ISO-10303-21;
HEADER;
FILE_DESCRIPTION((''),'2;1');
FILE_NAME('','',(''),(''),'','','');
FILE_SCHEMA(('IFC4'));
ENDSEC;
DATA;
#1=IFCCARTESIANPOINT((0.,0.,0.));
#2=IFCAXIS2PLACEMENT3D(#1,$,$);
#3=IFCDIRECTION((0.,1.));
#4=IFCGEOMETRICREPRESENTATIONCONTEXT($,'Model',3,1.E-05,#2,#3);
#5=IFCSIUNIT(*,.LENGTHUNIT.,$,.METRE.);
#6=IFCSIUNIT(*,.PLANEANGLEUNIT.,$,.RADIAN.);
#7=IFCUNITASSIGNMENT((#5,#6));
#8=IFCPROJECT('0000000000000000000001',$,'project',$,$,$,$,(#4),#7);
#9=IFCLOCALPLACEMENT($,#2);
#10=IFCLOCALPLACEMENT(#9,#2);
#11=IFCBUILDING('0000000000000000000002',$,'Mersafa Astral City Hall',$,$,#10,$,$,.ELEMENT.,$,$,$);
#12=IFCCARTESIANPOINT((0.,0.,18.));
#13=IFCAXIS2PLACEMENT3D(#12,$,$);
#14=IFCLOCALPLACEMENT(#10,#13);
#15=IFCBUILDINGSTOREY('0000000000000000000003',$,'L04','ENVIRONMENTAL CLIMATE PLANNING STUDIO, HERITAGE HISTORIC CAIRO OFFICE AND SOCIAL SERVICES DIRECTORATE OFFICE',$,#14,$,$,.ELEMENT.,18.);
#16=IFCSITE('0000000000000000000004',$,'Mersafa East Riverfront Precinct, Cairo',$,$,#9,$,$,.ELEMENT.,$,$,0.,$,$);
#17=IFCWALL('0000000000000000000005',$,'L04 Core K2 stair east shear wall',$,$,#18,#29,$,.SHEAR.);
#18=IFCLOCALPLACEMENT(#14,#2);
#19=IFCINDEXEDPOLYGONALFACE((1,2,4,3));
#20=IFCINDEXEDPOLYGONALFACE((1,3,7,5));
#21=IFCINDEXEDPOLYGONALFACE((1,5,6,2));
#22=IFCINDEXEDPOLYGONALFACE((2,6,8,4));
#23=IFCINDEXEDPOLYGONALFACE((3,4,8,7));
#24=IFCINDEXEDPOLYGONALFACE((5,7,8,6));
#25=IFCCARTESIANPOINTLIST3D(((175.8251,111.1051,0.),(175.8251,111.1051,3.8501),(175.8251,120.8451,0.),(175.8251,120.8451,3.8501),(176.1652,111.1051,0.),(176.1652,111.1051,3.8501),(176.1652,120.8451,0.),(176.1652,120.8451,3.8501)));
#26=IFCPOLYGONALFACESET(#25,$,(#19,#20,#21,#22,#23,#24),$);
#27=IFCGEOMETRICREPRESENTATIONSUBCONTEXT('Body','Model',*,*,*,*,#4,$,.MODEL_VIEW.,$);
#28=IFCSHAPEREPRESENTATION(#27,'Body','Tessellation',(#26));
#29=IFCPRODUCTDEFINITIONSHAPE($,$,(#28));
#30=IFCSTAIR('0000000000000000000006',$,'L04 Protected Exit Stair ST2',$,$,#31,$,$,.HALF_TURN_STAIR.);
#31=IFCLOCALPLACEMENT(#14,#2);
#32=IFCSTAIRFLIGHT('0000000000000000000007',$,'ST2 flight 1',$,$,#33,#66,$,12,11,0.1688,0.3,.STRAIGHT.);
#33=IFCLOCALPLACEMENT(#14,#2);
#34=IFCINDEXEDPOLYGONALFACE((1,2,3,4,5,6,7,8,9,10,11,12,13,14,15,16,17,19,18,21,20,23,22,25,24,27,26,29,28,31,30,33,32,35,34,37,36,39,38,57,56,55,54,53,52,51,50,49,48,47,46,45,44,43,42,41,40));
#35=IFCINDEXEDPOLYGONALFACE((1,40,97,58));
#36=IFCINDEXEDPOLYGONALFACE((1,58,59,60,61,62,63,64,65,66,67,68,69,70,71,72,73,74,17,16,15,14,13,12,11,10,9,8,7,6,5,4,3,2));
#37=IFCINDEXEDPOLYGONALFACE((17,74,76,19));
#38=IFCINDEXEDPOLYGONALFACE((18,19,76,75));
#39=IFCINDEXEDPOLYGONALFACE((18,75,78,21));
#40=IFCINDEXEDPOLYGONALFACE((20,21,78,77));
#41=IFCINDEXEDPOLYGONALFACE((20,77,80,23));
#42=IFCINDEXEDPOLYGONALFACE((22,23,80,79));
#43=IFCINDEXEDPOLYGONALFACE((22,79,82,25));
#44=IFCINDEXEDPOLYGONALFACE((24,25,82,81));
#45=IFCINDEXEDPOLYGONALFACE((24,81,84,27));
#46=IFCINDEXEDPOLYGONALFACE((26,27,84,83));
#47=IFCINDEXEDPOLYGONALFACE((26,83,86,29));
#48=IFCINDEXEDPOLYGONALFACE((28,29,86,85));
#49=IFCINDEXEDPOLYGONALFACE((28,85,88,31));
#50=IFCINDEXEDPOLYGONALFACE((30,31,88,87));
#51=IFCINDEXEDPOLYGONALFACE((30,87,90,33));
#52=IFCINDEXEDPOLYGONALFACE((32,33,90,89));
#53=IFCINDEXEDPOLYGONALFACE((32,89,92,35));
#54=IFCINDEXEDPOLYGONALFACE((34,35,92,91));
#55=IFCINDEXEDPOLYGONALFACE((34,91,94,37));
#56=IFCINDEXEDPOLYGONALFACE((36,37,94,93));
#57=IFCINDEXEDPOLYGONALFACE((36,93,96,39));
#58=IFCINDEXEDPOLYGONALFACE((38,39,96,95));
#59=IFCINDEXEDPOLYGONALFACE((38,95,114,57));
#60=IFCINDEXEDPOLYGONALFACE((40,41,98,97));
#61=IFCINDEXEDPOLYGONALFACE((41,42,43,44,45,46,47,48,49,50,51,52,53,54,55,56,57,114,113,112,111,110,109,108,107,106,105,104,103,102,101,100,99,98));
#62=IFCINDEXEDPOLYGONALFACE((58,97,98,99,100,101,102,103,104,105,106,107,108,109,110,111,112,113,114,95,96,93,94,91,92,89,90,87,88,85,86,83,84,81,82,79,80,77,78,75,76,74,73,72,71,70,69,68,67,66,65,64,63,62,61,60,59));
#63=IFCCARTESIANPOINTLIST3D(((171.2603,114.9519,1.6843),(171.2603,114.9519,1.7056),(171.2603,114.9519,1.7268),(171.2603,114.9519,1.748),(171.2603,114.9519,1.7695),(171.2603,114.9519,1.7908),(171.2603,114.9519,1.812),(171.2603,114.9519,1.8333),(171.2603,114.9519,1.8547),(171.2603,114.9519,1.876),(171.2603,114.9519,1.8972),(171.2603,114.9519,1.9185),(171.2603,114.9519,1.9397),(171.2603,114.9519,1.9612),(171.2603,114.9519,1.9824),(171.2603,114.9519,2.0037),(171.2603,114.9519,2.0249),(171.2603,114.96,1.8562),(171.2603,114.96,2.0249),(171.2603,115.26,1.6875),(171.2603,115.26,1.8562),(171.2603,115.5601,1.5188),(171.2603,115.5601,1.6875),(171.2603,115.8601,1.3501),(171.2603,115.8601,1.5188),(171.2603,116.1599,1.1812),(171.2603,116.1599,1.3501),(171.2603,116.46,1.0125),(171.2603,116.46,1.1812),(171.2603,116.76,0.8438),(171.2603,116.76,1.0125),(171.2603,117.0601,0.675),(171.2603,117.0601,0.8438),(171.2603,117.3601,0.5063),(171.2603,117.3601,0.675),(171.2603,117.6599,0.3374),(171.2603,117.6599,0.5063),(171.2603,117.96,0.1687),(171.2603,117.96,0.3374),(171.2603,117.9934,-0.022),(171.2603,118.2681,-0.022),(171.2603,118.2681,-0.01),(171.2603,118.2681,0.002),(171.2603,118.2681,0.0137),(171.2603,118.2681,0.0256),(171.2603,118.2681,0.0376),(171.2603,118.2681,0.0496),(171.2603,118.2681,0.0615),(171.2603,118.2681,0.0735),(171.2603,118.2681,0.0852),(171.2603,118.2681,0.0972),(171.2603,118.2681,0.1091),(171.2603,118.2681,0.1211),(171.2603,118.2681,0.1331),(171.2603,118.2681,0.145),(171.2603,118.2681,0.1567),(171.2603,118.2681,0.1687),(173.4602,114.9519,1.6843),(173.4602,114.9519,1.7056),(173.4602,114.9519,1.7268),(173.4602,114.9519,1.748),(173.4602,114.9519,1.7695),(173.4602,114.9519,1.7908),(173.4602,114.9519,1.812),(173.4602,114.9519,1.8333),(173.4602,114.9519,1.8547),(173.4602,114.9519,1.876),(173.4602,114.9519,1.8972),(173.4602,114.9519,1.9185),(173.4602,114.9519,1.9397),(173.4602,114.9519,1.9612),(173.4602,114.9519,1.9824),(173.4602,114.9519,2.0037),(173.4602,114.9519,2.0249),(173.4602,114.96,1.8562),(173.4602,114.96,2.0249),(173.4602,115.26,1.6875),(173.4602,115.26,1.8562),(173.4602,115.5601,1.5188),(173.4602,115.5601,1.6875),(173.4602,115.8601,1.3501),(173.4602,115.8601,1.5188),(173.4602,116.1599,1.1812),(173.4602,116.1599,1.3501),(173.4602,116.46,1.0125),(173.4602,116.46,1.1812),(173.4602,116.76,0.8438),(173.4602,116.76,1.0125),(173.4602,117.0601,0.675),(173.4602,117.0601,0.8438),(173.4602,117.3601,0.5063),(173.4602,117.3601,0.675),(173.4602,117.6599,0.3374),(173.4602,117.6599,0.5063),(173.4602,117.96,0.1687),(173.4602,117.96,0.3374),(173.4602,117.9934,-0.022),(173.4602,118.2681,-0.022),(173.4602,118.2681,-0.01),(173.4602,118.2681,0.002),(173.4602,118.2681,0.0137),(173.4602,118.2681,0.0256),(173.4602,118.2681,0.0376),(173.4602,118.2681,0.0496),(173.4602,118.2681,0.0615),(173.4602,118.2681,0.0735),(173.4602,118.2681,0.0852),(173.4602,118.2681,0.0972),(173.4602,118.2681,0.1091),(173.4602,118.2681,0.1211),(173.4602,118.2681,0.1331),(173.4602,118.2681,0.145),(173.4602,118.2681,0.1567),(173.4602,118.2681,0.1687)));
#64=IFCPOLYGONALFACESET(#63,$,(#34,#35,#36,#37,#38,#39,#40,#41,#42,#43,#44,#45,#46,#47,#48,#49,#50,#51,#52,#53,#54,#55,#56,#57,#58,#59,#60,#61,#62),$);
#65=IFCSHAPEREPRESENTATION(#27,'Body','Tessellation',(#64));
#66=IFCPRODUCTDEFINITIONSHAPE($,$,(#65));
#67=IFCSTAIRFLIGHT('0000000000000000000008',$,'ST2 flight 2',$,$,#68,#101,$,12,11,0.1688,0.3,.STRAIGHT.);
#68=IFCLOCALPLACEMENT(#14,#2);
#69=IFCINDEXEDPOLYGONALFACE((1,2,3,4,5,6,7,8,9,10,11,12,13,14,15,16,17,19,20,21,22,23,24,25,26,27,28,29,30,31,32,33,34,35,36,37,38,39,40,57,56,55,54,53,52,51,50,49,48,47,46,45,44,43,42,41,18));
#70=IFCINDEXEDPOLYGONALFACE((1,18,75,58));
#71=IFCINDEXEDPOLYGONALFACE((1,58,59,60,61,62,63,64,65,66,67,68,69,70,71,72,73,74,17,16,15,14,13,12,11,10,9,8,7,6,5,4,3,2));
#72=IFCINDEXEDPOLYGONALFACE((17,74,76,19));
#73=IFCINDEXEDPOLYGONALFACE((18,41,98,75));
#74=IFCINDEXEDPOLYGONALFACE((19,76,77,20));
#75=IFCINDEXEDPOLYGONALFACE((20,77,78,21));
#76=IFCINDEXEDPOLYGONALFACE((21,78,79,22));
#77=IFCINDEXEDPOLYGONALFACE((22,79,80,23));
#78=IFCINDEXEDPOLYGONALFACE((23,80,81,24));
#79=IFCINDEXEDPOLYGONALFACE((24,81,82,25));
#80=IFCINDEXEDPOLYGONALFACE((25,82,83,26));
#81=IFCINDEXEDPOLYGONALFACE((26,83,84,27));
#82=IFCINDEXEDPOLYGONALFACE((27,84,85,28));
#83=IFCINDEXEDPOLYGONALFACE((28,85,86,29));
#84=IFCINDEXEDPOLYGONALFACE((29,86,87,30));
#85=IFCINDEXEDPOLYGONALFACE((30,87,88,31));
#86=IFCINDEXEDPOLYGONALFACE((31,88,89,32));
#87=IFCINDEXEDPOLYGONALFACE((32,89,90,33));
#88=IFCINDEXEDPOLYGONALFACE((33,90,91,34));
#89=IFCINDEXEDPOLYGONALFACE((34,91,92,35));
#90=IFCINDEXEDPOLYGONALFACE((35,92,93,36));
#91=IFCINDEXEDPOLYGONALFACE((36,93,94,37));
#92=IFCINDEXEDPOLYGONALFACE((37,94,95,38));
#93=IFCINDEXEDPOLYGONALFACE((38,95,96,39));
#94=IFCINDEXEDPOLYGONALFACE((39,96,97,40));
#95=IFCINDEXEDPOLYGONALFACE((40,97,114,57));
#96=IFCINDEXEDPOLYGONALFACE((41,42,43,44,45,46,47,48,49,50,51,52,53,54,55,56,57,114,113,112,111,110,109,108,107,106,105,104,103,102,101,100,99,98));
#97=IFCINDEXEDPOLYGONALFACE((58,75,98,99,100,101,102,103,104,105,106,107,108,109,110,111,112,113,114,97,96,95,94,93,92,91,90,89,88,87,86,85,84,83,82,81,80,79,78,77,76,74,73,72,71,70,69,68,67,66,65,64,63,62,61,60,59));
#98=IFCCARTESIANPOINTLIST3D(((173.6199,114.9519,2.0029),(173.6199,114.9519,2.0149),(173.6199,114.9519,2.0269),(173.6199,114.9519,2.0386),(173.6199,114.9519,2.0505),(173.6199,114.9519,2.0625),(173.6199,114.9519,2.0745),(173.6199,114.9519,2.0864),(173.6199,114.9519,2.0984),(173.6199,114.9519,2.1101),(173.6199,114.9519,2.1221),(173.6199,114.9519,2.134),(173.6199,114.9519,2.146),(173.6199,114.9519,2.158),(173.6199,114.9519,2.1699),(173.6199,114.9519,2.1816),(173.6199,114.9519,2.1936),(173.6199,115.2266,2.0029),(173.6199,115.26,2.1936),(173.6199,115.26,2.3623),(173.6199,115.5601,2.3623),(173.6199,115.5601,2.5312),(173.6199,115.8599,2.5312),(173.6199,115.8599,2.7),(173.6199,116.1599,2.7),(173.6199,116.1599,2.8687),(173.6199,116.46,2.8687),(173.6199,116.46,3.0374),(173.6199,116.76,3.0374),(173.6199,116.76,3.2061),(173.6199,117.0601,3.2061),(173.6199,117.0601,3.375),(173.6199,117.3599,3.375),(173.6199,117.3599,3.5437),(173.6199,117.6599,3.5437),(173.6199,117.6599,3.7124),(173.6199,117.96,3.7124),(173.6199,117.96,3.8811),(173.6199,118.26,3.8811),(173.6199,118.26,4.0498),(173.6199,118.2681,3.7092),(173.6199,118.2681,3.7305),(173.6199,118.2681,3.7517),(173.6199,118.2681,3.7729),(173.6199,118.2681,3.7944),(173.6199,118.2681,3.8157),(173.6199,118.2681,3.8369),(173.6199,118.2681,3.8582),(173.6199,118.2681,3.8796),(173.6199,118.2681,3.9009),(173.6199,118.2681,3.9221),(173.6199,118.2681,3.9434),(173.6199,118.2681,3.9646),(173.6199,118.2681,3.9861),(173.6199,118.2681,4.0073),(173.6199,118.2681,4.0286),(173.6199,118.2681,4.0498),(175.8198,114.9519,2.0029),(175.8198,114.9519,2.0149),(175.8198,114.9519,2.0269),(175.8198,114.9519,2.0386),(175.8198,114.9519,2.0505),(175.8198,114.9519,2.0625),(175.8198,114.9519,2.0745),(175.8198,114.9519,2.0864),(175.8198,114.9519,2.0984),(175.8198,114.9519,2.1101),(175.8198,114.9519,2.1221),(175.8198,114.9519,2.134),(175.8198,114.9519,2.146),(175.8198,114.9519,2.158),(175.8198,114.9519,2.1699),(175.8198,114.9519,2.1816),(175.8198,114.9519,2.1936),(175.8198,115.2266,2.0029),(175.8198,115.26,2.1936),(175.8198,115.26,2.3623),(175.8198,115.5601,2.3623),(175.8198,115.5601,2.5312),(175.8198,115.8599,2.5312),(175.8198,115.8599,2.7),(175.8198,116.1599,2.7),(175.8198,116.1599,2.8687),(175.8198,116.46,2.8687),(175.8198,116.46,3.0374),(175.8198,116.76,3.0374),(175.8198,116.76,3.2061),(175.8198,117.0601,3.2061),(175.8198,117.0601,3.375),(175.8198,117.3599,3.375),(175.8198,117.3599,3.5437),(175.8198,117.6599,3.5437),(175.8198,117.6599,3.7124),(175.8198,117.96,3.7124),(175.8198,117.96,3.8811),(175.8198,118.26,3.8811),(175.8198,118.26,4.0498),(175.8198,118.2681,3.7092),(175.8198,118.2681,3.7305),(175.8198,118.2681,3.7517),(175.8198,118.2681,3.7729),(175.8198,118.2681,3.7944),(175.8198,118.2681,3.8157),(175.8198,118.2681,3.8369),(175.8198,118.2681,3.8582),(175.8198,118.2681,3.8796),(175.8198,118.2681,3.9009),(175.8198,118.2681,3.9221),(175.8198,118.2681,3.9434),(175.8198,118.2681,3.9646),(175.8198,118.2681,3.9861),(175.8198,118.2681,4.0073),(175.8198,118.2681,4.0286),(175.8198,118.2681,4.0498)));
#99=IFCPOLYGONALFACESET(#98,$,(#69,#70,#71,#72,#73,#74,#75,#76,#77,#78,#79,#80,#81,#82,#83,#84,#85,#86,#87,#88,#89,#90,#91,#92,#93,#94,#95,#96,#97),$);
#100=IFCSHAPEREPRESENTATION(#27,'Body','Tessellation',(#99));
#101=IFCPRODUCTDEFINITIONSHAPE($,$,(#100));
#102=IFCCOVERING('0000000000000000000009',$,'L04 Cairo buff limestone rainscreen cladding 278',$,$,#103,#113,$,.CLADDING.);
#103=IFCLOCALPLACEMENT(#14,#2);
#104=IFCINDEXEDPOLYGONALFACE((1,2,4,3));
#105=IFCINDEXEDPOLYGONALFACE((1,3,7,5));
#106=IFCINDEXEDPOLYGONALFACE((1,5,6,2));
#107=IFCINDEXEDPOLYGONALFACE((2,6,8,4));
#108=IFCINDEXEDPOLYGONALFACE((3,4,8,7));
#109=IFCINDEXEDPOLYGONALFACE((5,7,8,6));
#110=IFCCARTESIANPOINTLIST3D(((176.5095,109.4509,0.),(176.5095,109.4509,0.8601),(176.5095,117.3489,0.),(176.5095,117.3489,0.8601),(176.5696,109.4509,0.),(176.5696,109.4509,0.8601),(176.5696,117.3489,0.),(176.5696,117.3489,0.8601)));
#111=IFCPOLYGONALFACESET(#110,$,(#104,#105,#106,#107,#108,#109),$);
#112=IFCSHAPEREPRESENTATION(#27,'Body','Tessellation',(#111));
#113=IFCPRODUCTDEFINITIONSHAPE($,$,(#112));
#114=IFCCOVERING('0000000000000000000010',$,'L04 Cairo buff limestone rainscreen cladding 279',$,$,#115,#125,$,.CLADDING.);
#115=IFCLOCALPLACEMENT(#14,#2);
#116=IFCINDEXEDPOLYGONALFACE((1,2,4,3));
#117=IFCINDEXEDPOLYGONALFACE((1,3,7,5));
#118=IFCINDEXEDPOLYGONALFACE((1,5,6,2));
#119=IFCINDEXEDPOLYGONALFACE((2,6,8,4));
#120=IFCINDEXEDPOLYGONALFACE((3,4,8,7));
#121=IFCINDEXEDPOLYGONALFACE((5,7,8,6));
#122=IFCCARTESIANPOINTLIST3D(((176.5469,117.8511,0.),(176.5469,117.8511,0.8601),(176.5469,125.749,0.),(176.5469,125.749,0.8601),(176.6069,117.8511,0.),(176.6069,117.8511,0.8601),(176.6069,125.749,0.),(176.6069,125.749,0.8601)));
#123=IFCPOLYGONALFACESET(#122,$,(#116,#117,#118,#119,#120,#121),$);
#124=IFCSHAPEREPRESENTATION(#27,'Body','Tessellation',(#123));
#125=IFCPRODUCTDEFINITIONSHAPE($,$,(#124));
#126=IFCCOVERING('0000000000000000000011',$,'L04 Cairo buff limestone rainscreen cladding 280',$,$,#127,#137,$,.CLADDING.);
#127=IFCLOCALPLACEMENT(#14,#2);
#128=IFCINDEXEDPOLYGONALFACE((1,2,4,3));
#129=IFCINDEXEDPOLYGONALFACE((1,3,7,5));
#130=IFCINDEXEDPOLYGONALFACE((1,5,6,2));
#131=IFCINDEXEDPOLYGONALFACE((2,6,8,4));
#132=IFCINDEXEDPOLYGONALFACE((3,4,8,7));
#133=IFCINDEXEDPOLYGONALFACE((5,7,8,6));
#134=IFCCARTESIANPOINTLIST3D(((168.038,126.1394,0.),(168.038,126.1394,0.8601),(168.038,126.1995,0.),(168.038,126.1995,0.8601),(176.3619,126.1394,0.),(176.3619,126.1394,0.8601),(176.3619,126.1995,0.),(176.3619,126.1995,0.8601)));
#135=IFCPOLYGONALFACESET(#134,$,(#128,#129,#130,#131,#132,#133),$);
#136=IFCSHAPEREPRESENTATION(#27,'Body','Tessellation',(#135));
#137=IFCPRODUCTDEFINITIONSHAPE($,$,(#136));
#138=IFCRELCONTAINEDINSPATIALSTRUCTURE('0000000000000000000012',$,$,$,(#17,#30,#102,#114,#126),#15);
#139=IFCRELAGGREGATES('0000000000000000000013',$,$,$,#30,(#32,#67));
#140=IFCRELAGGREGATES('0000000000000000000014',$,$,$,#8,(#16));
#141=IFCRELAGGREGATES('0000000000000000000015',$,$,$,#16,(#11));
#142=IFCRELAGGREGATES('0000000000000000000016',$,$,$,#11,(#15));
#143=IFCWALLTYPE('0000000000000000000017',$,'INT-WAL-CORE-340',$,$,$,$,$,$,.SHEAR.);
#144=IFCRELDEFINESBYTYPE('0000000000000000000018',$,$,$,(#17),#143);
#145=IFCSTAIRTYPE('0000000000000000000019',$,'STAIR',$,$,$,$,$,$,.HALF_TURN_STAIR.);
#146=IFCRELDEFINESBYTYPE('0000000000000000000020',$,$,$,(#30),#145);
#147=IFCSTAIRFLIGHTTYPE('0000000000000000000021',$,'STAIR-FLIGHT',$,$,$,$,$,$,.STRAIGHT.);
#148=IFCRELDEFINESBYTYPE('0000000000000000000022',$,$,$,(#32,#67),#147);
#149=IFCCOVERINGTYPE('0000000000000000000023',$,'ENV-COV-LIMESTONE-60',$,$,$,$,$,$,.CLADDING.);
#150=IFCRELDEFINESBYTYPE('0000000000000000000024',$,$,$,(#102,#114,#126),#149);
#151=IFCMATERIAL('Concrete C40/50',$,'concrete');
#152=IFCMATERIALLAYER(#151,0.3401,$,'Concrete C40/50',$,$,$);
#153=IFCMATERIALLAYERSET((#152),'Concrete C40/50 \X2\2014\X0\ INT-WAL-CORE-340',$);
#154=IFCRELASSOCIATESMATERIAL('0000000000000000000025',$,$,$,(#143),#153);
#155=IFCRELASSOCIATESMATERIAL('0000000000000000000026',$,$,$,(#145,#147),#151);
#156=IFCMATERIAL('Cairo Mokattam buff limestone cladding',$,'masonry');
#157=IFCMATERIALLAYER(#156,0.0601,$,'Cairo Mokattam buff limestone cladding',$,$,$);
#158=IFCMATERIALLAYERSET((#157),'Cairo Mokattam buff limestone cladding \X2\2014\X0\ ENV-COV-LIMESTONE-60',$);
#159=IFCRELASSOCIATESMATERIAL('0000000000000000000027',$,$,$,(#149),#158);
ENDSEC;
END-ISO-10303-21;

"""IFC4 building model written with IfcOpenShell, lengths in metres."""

from ifc_helpers import new_model, si_unit, direction, frame, frame_2d, origin, origin_2d, place, context, subcontext, project, spatial, polyline, rectangle, outline, extrude, material, layer, layer_set, type_object, element, aggregate, save


model = new_model("IFC4")

# Units and contexts
model_context = context("Model", 3, precision=1e-05, world=origin(), true_north=direction((0.0, 1.0)))
body_context = subcontext(model_context, "Body", "Model", "MODEL_VIEW")
ifc_project = project(units=[si_unit("LENGTHUNIT", "METRE"), si_unit("PLANEANGLEUNIT", "RADIAN")], contexts=[model_context])

# Site, building, storey
site_placement = place(None, origin())
site = spatial("IfcSite", under=ifc_project, at=site_placement, Name="Mersafa East Riverfront Precinct, Cairo", CompositionType="ELEMENT", RefElevation=0.0)
building_placement = place(site_placement, origin())
building = spatial("IfcBuilding", under=site, at=building_placement, Name="Mersafa Astral City Hall", CompositionType="ELEMENT")
storey_placement = place(building_placement, frame((0.0, 0.0, 18.0)))
storey = spatial("IfcBuildingStorey", under=building, at=storey_placement, Name="L04", Description="ENVIRONMENTAL CLIMATE PLANNING STUDIO, HERITAGE HISTORIC CAIRO OFFICE AND SOCIAL SERVICES DIRECTORATE OFFICE", CompositionType="ELEMENT", Elevation=18.0)

# Shared definitions
ifc_material_1 = material(Name="Concrete C40/50", Category="concrete")

# Wall
ifc_layer_1 = layer(ifc_material_1, 0.3401, Name="Concrete C40/50")
ifc_layer_set_1 = layer_set([ifc_layer_1], Name="Concrete C40/50 — INT-WAL-CORE-340")
wall_type_1 = type_object("IfcWallType", Name="INT-WAL-CORE-340", PredefinedType="SHEAR", material=ifc_layer_set_1)
wall_1_placement = place(storey_placement, frame((175.9951, 111.105, 0.0), z_axis=(0.0, 0.0, 1.0), x_axis=(0.0, 1.0, 0.0)))
element("IfcWall", 1, at=wall_1_placement, inside=storey, type_object=wall_type_1, Name="L04 Core K2 stair east shear wall", PredefinedType="SHEAR", context=body_context, shape_type="SweptSolid", body=[
    extrude(rectangle(XDim=9.74, YDim=0.3401, at=frame_2d((4.8701, 0.0))), origin(), (0.0, 0.0, 1.0), 3.8501),
])

# Stair, stair flights
stair_type = type_object("IfcStairType", Name="STAIR", PredefinedType="HALF_TURN_STAIR", material=ifc_material_1)
stair_placement = place(storey_placement, origin())
stair = element("IfcStair", 2, at=stair_placement, inside=storey, type_object=stair_type, Name="L04 Protected Exit Stair ST2", PredefinedType="HALF_TURN_STAIR")
stair_flight_type = type_object("IfcStairFlightType", Name="STAIR-FLIGHT", PredefinedType="STRAIGHT", material=ifc_material_1)
stair_flight_1_placement = place(storey_placement, frame((172.3601, 118.26, 0.0), z_axis=(0.0, 0.0, 1.0), x_axis=(0.0, -1.0, 0.0)))
stair_flight_1 = element("IfcStairFlight", 3, at=stair_flight_1_placement, type_object=stair_flight_type, Name="ST2 flight 1", NumberOfRisers=12, NumberOfTreads=11, PredefinedType="STRAIGHT", RiserHeight=0.1688, TreadLength=0.3, context=body_context, shape_type="SweptSolid", body=[
    extrude(outline(polyline([(-0.0081, -0.022), (-0.0081, -0.01), (-0.0081, 0.002), (-0.0081, 0.0137), (-0.0081, 0.0256), (-0.0081, 0.0376), (-0.0081, 0.0496), (-0.0081, 0.0615), (-0.0081, 0.0735), (-0.0081, 0.0852), (-0.0081, 0.0972), (-0.0081, 0.1091), (-0.0081, 0.1211), (-0.0081, 0.1331), (-0.0081, 0.145), (-0.0081, 0.1567), (-0.0081, 0.1687), (0.3, 0.1687), (0.3, 0.3374), (0.6001, 0.3374), (0.6001, 0.5063), (0.8999, 0.5063), (0.8999, 0.675), (1.2, 0.675), (1.2, 0.8438), (1.5, 0.8438), (1.5, 1.0125), (1.8, 1.0125), (1.8, 1.1812), (2.1001, 1.1812), (2.1001, 1.3501), (2.3999, 1.3501), (2.3999, 1.5188), (2.7, 1.5188), (2.7, 1.6875), (3.0, 1.6875), (3.0, 1.8562), (3.3, 1.8562), (3.3, 2.0249), (3.3081, 2.0249), (3.3081, 2.0037), (3.3081, 1.9824), (3.3081, 1.9612), (3.3081, 1.9397), (3.3081, 1.9185), (3.3081, 1.8972), (3.3081, 1.876), (3.3081, 1.8547), (3.3081, 1.8333), (3.3081, 1.812), (3.3081, 1.7908), (3.3081, 1.7695), (3.3081, 1.748), (3.3081, 1.7268), (3.3081, 1.7056), (3.3081, 1.6843), (0.2666, -0.022), (-0.0081, -0.022)])), frame((0.0, 1.1001, 0.0), z_axis=(0.0, -1.0, 0.0), x_axis=(1.0, 0.0, 0.0)), (0.0, 0.0, 1.0), 2.2),
])
stair_flight_2_placement = place(storey_placement, frame((174.72, 114.96, 2.0249), z_axis=(0.0, 0.0, 1.0), x_axis=(0.0, 1.0, 0.0)))
stair_flight_2 = element("IfcStairFlight", 4, at=stair_flight_2_placement, type_object=stair_flight_type, Name="ST2 flight 2", NumberOfRisers=12, NumberOfTreads=11, PredefinedType="STRAIGHT", RiserHeight=0.1688, TreadLength=0.3, context=body_context, shape_type="SweptSolid", body=[
    extrude(outline(polyline([(-0.0081, -0.022), (-0.0081, -0.01), (-0.0081, 0.002), (-0.0081, 0.0137), (-0.0081, 0.0256), (-0.0081, 0.0376), (-0.0081, 0.0496), (-0.0081, 0.0615), (-0.0081, 0.0735), (-0.0081, 0.0852), (-0.0081, 0.0972), (-0.0081, 0.1091), (-0.0081, 0.1211), (-0.0081, 0.1331), (-0.0081, 0.145), (-0.0081, 0.1567), (-0.0081, 0.1687), (0.3, 0.1687), (0.3, 0.3374), (0.6001, 0.3374), (0.6001, 0.5063), (0.8999, 0.5063), (0.8999, 0.675), (1.2, 0.675), (1.2, 0.8438), (1.5, 0.8438), (1.5, 1.0125), (1.8, 1.0125), (1.8, 1.1812), (2.1001, 1.1812), (2.1001, 1.3501), (2.3999, 1.3501), (2.3999, 1.5188), (2.7, 1.5188), (2.7, 1.6875), (3.0, 1.6875), (3.0, 1.8562), (3.3, 1.8562), (3.3, 2.0249), (3.3081, 2.0249), (3.3081, 2.0037), (3.3081, 1.9824), (3.3081, 1.9612), (3.3081, 1.9397), (3.3081, 1.9185), (3.3081, 1.8972), (3.3081, 1.876), (3.3081, 1.8547), (3.3081, 1.8333), (3.3081, 1.812), (3.3081, 1.7908), (3.3081, 1.7695), (3.3081, 1.748), (3.3081, 1.7268), (3.3081, 1.7056), (3.3081, 1.6843), (0.2666, -0.022), (-0.0081, -0.022)])), frame((0.0, 1.1001, 0.0), z_axis=(0.0, -1.0, 0.0), x_axis=(1.0, 0.0, 0.0)), (0.0, 0.0, 1.0), 2.2),
])
aggregate(stair, [stair_flight_1, stair_flight_2])

# Coverings
ifc_material_2 = material(Name="Cairo Mokattam buff limestone cladding", Category="masonry")
ifc_layer_2 = layer(ifc_material_2, 0.0601, Name="Cairo Mokattam buff limestone cladding")
ifc_layer_set_2 = layer_set([ifc_layer_2], Name="Cairo Mokattam buff limestone cladding — ENV-COV-LIMESTONE-60")
covering_type = type_object("IfcCoveringType", Name="ENV-COV-LIMESTONE-60", PredefinedType="CLADDING", material=ifc_layer_set_2)
for number, where, z_axis, x_axis, name in (
    (5, (176.5396, 113.3999, 0.0), (0.0, 0.0, 1.0), (0.0, 1.0, 0.0), "L04 Cairo buff limestone rainscreen cladding 278"),
    (6, (176.5769, 121.8, 0.0), (0.0, 0.0, 1.0), (0.0, 1.0, 0.0), "L04 Cairo buff limestone rainscreen cladding 279"),
):
    element("IfcCovering", number, at=place(storey_placement, frame(where, z_axis=z_axis, x_axis=x_axis)), inside=storey, type_object=covering_type, Name=name, PredefinedType="CLADDING", context=body_context, shape_type="SweptSolid", body=[
        extrude(rectangle(XDim=7.8979, YDim=0.0601, at=origin_2d()), origin(), (0.0, 0.0, 1.0), 0.8601),
    ])
covering_placement = place(storey_placement, frame((172.2, 126.1694, 0.0), z_axis=(0.0, 0.0, 1.0), x_axis=(-1.0, 0.0, 0.0)))
element("IfcCovering", 7, at=covering_placement, inside=storey, type_object=covering_type, Name="L04 Cairo buff limestone rainscreen cladding 280", PredefinedType="CLADDING", context=body_context, shape_type="SweptSolid", body=[
    extrude(rectangle(XDim=8.324, YDim=0.0601, at=origin_2d()), origin(), (0.0, 0.0, 1.0), 0.8601),
])

save(model, "model.ifc")
